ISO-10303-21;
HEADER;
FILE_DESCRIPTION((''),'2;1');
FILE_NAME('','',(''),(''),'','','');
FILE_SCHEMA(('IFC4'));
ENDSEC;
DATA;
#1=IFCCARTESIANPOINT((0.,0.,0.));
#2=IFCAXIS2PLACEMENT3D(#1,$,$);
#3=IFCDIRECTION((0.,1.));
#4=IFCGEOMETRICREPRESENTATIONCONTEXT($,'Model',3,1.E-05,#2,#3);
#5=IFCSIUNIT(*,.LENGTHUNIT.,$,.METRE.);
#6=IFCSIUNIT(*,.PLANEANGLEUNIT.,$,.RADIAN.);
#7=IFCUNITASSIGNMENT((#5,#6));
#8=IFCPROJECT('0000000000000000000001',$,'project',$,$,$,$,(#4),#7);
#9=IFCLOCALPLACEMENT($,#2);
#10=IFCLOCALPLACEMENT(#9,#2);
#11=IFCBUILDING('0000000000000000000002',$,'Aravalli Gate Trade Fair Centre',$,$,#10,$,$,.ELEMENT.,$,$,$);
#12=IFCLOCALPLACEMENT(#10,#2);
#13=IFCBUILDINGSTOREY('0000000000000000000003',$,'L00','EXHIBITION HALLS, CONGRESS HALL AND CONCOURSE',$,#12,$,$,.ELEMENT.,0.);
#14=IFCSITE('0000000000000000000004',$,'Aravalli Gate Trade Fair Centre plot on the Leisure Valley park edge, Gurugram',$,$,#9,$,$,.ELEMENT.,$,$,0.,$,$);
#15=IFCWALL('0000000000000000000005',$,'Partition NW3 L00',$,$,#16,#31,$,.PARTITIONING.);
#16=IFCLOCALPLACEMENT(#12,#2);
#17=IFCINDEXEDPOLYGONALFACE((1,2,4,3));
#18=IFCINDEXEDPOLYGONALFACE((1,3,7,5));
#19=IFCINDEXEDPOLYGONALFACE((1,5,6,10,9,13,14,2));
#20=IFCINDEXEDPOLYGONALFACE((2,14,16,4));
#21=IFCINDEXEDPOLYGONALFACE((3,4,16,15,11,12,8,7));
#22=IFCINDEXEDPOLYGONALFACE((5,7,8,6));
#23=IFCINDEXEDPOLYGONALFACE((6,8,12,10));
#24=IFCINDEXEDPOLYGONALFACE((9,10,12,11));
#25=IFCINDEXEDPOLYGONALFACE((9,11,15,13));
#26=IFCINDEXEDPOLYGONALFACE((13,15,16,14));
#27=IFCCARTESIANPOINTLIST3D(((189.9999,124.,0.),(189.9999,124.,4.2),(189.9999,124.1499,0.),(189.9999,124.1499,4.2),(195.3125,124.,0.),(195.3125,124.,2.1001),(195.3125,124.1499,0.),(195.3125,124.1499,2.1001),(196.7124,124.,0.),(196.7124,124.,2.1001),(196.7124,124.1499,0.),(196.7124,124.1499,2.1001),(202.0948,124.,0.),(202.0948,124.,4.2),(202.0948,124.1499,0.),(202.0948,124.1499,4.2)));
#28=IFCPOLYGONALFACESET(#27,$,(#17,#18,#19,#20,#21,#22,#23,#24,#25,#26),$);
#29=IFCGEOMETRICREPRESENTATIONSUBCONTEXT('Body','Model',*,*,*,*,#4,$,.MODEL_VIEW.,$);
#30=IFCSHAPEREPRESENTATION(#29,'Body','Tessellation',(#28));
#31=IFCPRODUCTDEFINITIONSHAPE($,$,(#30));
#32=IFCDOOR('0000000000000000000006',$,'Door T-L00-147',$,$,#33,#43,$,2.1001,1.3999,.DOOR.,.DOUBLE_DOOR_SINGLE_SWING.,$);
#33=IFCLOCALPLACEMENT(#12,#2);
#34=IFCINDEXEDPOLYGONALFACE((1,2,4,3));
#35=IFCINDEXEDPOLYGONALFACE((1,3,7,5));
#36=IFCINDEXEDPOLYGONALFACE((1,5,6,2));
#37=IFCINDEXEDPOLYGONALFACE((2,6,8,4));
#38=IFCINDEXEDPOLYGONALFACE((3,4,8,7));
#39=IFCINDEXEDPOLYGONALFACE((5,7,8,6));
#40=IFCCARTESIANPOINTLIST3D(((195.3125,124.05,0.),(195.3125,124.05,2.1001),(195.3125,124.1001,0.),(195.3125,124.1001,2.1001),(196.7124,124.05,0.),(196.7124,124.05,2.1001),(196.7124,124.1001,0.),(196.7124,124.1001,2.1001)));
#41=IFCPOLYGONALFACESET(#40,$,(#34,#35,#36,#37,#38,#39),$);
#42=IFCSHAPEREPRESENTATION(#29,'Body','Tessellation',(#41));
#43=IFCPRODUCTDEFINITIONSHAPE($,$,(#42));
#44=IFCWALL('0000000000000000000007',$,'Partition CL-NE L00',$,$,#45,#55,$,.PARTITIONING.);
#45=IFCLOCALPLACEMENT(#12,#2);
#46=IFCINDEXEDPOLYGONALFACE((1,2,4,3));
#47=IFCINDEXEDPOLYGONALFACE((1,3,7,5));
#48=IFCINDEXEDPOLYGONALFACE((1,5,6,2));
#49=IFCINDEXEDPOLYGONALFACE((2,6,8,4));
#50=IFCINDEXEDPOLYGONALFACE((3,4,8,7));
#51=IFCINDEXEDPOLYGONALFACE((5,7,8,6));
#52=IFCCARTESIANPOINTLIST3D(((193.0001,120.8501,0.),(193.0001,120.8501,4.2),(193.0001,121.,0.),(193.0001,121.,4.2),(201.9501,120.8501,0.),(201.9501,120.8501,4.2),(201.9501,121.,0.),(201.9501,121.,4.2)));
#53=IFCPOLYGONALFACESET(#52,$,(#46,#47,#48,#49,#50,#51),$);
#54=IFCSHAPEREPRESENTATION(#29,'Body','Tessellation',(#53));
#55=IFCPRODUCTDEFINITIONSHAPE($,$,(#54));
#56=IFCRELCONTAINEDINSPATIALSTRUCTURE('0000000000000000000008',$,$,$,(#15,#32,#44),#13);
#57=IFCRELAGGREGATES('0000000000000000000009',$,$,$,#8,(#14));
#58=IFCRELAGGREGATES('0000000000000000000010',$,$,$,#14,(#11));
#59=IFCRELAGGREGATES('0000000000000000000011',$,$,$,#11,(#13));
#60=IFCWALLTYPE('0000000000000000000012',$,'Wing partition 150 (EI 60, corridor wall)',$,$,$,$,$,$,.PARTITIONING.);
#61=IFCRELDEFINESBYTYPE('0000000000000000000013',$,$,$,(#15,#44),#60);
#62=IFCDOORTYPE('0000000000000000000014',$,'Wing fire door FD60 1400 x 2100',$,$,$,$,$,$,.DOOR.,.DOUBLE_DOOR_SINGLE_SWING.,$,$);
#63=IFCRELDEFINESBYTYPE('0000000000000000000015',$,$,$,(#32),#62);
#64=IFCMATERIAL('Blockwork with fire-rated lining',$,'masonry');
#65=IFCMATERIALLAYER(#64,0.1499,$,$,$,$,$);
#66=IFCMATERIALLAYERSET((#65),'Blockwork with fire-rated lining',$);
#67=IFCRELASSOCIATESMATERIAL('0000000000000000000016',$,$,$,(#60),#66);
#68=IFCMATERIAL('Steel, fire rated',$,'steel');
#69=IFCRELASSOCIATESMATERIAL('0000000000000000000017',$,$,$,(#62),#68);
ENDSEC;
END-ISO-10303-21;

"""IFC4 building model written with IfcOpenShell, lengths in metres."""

from ifc_helpers import new_model, si_unit, direction, frame, frame_2d, origin, place, context, subcontext, project, spatial, rectangle, extrude, material, layer, layer_set, type_object, element, fill, save


model = new_model("IFC4")

# Units and contexts
model_context = context("Model", 3, precision=1e-05, world=origin(), true_north=direction((0.0, 1.0)))
body_context = subcontext(model_context, "Body", "Model", "MODEL_VIEW")
ifc_project = project(units=[si_unit("LENGTHUNIT", "METRE"), si_unit("PLANEANGLEUNIT", "RADIAN")], contexts=[model_context])

# Site, building, storey
site_placement = place(None, origin())
site = spatial("IfcSite", under=ifc_project, at=site_placement, Name="Aravalli Gate Trade Fair Centre plot on the Leisure Valley park edge, Gurugram", CompositionType="ELEMENT", RefElevation=0.0)
building_placement = place(site_placement, origin())
building = spatial("IfcBuilding", under=site, at=building_placement, Name="Aravalli Gate Trade Fair Centre", CompositionType="ELEMENT")
storey_placement = place(building_placement, origin())
storey = spatial("IfcBuildingStorey", under=building, at=storey_placement, Name="L00", Description="EXHIBITION HALLS, CONGRESS HALL AND CONCOURSE", CompositionType="ELEMENT", Elevation=0.0)

# Shared definitions
ifc_material_1 = material(Name="Blockwork with fire-rated lining", Category="masonry")
ifc_layer_1 = layer(ifc_material_1, 0.1499)
ifc_layer_set_1 = layer_set([ifc_layer_1], Name="Blockwork with fire-rated lining")
wall_type = type_object("IfcWallType", Name="Wing partition 150 (EI 60, corridor wall)", PredefinedType="PARTITIONING", material=ifc_layer_set_1)

# Wall, opening, door
wall_1_placement = place(storey_placement, frame((190.0, 124.075, 0.0), z_axis=(0.0, 0.0, 1.0), x_axis=(1.0, 0.0, 0.0)))
wall_1 = element("IfcWall", 1, at=wall_1_placement, inside=storey, type_object=wall_type, Name="Partition NW3 L00", PredefinedType="PARTITIONING", context=body_context, shape_type="SweptSolid", body=[
    extrude(rectangle(XDim=12.095, YDim=0.1499, at=frame_2d((6.0474, 0.0))), origin(), (0.0, 0.0, 1.0), 4.2),
])
opening_placement = place(wall_1_placement, frame((5.3125, 0.0, 0.0)))
opening = element("IfcOpeningElement", 2, at=opening_placement, cuts=wall_1, PredefinedType="OPENING", context=body_context, shape_type="SweptSolid", body=[
    extrude(rectangle(XDim=1.3999, YDim=2.1001, at=frame_2d((0.7, 1.05))), frame((0.0, 0.085, 0.0), z_axis=(0.0, -1.0, 0.0), x_axis=(1.0, 0.0, 0.0)), (0.0, 0.0, 1.0), 0.1699),
])
ifc_material_2 = material(Name="Steel, fire rated", Category="steel")
door_type = type_object("IfcDoorType", Name="Wing fire door FD60 1400 x 2100", OperationType="DOUBLE_DOOR_SINGLE_SWING", PredefinedType="DOOR", material=ifc_material_2)
door_placement = place(opening_placement, frame((1.3999, 0.0, 0.0), z_axis=(0.0, 0.0, 1.0), x_axis=(-1.0, 0.0, 0.0)))
door = element("IfcDoor", 3, at=door_placement, inside=storey, type_object=door_type, Name="Door T-L00-147", OperationType="DOUBLE_DOOR_SINGLE_SWING", OverallHeight=2.1001, OverallWidth=1.3999, PredefinedType="DOOR", context=body_context, shape_type="SweptSolid", body=[
    extrude(rectangle(XDim=1.3999, YDim=2.1001, at=frame_2d((0.7, 1.05))), frame((0.0, 0.0249, 0.0), z_axis=(0.0, -1.0, 0.0), x_axis=(1.0, 0.0, 0.0)), (0.0, 0.0, 1.0), 0.05),
])
fill(opening, door)

# Wall
wall_2_placement = place(storey_placement, frame((193.0, 120.925, 0.0), z_axis=(0.0, 0.0, 1.0), x_axis=(1.0, 0.0, 0.0)))
element("IfcWall", 4, at=wall_2_placement, inside=storey, type_object=wall_type, Name="Partition CL-NE L00", PredefinedType="PARTITIONING", context=body_context, shape_type="SweptSolid", body=[
    extrude(rectangle(XDim=8.95, YDim=0.1499, at=frame_2d((4.4751, 0.0))), origin(), (0.0, 0.0, 1.0), 4.2),
])

save(model, "model.ifc")
